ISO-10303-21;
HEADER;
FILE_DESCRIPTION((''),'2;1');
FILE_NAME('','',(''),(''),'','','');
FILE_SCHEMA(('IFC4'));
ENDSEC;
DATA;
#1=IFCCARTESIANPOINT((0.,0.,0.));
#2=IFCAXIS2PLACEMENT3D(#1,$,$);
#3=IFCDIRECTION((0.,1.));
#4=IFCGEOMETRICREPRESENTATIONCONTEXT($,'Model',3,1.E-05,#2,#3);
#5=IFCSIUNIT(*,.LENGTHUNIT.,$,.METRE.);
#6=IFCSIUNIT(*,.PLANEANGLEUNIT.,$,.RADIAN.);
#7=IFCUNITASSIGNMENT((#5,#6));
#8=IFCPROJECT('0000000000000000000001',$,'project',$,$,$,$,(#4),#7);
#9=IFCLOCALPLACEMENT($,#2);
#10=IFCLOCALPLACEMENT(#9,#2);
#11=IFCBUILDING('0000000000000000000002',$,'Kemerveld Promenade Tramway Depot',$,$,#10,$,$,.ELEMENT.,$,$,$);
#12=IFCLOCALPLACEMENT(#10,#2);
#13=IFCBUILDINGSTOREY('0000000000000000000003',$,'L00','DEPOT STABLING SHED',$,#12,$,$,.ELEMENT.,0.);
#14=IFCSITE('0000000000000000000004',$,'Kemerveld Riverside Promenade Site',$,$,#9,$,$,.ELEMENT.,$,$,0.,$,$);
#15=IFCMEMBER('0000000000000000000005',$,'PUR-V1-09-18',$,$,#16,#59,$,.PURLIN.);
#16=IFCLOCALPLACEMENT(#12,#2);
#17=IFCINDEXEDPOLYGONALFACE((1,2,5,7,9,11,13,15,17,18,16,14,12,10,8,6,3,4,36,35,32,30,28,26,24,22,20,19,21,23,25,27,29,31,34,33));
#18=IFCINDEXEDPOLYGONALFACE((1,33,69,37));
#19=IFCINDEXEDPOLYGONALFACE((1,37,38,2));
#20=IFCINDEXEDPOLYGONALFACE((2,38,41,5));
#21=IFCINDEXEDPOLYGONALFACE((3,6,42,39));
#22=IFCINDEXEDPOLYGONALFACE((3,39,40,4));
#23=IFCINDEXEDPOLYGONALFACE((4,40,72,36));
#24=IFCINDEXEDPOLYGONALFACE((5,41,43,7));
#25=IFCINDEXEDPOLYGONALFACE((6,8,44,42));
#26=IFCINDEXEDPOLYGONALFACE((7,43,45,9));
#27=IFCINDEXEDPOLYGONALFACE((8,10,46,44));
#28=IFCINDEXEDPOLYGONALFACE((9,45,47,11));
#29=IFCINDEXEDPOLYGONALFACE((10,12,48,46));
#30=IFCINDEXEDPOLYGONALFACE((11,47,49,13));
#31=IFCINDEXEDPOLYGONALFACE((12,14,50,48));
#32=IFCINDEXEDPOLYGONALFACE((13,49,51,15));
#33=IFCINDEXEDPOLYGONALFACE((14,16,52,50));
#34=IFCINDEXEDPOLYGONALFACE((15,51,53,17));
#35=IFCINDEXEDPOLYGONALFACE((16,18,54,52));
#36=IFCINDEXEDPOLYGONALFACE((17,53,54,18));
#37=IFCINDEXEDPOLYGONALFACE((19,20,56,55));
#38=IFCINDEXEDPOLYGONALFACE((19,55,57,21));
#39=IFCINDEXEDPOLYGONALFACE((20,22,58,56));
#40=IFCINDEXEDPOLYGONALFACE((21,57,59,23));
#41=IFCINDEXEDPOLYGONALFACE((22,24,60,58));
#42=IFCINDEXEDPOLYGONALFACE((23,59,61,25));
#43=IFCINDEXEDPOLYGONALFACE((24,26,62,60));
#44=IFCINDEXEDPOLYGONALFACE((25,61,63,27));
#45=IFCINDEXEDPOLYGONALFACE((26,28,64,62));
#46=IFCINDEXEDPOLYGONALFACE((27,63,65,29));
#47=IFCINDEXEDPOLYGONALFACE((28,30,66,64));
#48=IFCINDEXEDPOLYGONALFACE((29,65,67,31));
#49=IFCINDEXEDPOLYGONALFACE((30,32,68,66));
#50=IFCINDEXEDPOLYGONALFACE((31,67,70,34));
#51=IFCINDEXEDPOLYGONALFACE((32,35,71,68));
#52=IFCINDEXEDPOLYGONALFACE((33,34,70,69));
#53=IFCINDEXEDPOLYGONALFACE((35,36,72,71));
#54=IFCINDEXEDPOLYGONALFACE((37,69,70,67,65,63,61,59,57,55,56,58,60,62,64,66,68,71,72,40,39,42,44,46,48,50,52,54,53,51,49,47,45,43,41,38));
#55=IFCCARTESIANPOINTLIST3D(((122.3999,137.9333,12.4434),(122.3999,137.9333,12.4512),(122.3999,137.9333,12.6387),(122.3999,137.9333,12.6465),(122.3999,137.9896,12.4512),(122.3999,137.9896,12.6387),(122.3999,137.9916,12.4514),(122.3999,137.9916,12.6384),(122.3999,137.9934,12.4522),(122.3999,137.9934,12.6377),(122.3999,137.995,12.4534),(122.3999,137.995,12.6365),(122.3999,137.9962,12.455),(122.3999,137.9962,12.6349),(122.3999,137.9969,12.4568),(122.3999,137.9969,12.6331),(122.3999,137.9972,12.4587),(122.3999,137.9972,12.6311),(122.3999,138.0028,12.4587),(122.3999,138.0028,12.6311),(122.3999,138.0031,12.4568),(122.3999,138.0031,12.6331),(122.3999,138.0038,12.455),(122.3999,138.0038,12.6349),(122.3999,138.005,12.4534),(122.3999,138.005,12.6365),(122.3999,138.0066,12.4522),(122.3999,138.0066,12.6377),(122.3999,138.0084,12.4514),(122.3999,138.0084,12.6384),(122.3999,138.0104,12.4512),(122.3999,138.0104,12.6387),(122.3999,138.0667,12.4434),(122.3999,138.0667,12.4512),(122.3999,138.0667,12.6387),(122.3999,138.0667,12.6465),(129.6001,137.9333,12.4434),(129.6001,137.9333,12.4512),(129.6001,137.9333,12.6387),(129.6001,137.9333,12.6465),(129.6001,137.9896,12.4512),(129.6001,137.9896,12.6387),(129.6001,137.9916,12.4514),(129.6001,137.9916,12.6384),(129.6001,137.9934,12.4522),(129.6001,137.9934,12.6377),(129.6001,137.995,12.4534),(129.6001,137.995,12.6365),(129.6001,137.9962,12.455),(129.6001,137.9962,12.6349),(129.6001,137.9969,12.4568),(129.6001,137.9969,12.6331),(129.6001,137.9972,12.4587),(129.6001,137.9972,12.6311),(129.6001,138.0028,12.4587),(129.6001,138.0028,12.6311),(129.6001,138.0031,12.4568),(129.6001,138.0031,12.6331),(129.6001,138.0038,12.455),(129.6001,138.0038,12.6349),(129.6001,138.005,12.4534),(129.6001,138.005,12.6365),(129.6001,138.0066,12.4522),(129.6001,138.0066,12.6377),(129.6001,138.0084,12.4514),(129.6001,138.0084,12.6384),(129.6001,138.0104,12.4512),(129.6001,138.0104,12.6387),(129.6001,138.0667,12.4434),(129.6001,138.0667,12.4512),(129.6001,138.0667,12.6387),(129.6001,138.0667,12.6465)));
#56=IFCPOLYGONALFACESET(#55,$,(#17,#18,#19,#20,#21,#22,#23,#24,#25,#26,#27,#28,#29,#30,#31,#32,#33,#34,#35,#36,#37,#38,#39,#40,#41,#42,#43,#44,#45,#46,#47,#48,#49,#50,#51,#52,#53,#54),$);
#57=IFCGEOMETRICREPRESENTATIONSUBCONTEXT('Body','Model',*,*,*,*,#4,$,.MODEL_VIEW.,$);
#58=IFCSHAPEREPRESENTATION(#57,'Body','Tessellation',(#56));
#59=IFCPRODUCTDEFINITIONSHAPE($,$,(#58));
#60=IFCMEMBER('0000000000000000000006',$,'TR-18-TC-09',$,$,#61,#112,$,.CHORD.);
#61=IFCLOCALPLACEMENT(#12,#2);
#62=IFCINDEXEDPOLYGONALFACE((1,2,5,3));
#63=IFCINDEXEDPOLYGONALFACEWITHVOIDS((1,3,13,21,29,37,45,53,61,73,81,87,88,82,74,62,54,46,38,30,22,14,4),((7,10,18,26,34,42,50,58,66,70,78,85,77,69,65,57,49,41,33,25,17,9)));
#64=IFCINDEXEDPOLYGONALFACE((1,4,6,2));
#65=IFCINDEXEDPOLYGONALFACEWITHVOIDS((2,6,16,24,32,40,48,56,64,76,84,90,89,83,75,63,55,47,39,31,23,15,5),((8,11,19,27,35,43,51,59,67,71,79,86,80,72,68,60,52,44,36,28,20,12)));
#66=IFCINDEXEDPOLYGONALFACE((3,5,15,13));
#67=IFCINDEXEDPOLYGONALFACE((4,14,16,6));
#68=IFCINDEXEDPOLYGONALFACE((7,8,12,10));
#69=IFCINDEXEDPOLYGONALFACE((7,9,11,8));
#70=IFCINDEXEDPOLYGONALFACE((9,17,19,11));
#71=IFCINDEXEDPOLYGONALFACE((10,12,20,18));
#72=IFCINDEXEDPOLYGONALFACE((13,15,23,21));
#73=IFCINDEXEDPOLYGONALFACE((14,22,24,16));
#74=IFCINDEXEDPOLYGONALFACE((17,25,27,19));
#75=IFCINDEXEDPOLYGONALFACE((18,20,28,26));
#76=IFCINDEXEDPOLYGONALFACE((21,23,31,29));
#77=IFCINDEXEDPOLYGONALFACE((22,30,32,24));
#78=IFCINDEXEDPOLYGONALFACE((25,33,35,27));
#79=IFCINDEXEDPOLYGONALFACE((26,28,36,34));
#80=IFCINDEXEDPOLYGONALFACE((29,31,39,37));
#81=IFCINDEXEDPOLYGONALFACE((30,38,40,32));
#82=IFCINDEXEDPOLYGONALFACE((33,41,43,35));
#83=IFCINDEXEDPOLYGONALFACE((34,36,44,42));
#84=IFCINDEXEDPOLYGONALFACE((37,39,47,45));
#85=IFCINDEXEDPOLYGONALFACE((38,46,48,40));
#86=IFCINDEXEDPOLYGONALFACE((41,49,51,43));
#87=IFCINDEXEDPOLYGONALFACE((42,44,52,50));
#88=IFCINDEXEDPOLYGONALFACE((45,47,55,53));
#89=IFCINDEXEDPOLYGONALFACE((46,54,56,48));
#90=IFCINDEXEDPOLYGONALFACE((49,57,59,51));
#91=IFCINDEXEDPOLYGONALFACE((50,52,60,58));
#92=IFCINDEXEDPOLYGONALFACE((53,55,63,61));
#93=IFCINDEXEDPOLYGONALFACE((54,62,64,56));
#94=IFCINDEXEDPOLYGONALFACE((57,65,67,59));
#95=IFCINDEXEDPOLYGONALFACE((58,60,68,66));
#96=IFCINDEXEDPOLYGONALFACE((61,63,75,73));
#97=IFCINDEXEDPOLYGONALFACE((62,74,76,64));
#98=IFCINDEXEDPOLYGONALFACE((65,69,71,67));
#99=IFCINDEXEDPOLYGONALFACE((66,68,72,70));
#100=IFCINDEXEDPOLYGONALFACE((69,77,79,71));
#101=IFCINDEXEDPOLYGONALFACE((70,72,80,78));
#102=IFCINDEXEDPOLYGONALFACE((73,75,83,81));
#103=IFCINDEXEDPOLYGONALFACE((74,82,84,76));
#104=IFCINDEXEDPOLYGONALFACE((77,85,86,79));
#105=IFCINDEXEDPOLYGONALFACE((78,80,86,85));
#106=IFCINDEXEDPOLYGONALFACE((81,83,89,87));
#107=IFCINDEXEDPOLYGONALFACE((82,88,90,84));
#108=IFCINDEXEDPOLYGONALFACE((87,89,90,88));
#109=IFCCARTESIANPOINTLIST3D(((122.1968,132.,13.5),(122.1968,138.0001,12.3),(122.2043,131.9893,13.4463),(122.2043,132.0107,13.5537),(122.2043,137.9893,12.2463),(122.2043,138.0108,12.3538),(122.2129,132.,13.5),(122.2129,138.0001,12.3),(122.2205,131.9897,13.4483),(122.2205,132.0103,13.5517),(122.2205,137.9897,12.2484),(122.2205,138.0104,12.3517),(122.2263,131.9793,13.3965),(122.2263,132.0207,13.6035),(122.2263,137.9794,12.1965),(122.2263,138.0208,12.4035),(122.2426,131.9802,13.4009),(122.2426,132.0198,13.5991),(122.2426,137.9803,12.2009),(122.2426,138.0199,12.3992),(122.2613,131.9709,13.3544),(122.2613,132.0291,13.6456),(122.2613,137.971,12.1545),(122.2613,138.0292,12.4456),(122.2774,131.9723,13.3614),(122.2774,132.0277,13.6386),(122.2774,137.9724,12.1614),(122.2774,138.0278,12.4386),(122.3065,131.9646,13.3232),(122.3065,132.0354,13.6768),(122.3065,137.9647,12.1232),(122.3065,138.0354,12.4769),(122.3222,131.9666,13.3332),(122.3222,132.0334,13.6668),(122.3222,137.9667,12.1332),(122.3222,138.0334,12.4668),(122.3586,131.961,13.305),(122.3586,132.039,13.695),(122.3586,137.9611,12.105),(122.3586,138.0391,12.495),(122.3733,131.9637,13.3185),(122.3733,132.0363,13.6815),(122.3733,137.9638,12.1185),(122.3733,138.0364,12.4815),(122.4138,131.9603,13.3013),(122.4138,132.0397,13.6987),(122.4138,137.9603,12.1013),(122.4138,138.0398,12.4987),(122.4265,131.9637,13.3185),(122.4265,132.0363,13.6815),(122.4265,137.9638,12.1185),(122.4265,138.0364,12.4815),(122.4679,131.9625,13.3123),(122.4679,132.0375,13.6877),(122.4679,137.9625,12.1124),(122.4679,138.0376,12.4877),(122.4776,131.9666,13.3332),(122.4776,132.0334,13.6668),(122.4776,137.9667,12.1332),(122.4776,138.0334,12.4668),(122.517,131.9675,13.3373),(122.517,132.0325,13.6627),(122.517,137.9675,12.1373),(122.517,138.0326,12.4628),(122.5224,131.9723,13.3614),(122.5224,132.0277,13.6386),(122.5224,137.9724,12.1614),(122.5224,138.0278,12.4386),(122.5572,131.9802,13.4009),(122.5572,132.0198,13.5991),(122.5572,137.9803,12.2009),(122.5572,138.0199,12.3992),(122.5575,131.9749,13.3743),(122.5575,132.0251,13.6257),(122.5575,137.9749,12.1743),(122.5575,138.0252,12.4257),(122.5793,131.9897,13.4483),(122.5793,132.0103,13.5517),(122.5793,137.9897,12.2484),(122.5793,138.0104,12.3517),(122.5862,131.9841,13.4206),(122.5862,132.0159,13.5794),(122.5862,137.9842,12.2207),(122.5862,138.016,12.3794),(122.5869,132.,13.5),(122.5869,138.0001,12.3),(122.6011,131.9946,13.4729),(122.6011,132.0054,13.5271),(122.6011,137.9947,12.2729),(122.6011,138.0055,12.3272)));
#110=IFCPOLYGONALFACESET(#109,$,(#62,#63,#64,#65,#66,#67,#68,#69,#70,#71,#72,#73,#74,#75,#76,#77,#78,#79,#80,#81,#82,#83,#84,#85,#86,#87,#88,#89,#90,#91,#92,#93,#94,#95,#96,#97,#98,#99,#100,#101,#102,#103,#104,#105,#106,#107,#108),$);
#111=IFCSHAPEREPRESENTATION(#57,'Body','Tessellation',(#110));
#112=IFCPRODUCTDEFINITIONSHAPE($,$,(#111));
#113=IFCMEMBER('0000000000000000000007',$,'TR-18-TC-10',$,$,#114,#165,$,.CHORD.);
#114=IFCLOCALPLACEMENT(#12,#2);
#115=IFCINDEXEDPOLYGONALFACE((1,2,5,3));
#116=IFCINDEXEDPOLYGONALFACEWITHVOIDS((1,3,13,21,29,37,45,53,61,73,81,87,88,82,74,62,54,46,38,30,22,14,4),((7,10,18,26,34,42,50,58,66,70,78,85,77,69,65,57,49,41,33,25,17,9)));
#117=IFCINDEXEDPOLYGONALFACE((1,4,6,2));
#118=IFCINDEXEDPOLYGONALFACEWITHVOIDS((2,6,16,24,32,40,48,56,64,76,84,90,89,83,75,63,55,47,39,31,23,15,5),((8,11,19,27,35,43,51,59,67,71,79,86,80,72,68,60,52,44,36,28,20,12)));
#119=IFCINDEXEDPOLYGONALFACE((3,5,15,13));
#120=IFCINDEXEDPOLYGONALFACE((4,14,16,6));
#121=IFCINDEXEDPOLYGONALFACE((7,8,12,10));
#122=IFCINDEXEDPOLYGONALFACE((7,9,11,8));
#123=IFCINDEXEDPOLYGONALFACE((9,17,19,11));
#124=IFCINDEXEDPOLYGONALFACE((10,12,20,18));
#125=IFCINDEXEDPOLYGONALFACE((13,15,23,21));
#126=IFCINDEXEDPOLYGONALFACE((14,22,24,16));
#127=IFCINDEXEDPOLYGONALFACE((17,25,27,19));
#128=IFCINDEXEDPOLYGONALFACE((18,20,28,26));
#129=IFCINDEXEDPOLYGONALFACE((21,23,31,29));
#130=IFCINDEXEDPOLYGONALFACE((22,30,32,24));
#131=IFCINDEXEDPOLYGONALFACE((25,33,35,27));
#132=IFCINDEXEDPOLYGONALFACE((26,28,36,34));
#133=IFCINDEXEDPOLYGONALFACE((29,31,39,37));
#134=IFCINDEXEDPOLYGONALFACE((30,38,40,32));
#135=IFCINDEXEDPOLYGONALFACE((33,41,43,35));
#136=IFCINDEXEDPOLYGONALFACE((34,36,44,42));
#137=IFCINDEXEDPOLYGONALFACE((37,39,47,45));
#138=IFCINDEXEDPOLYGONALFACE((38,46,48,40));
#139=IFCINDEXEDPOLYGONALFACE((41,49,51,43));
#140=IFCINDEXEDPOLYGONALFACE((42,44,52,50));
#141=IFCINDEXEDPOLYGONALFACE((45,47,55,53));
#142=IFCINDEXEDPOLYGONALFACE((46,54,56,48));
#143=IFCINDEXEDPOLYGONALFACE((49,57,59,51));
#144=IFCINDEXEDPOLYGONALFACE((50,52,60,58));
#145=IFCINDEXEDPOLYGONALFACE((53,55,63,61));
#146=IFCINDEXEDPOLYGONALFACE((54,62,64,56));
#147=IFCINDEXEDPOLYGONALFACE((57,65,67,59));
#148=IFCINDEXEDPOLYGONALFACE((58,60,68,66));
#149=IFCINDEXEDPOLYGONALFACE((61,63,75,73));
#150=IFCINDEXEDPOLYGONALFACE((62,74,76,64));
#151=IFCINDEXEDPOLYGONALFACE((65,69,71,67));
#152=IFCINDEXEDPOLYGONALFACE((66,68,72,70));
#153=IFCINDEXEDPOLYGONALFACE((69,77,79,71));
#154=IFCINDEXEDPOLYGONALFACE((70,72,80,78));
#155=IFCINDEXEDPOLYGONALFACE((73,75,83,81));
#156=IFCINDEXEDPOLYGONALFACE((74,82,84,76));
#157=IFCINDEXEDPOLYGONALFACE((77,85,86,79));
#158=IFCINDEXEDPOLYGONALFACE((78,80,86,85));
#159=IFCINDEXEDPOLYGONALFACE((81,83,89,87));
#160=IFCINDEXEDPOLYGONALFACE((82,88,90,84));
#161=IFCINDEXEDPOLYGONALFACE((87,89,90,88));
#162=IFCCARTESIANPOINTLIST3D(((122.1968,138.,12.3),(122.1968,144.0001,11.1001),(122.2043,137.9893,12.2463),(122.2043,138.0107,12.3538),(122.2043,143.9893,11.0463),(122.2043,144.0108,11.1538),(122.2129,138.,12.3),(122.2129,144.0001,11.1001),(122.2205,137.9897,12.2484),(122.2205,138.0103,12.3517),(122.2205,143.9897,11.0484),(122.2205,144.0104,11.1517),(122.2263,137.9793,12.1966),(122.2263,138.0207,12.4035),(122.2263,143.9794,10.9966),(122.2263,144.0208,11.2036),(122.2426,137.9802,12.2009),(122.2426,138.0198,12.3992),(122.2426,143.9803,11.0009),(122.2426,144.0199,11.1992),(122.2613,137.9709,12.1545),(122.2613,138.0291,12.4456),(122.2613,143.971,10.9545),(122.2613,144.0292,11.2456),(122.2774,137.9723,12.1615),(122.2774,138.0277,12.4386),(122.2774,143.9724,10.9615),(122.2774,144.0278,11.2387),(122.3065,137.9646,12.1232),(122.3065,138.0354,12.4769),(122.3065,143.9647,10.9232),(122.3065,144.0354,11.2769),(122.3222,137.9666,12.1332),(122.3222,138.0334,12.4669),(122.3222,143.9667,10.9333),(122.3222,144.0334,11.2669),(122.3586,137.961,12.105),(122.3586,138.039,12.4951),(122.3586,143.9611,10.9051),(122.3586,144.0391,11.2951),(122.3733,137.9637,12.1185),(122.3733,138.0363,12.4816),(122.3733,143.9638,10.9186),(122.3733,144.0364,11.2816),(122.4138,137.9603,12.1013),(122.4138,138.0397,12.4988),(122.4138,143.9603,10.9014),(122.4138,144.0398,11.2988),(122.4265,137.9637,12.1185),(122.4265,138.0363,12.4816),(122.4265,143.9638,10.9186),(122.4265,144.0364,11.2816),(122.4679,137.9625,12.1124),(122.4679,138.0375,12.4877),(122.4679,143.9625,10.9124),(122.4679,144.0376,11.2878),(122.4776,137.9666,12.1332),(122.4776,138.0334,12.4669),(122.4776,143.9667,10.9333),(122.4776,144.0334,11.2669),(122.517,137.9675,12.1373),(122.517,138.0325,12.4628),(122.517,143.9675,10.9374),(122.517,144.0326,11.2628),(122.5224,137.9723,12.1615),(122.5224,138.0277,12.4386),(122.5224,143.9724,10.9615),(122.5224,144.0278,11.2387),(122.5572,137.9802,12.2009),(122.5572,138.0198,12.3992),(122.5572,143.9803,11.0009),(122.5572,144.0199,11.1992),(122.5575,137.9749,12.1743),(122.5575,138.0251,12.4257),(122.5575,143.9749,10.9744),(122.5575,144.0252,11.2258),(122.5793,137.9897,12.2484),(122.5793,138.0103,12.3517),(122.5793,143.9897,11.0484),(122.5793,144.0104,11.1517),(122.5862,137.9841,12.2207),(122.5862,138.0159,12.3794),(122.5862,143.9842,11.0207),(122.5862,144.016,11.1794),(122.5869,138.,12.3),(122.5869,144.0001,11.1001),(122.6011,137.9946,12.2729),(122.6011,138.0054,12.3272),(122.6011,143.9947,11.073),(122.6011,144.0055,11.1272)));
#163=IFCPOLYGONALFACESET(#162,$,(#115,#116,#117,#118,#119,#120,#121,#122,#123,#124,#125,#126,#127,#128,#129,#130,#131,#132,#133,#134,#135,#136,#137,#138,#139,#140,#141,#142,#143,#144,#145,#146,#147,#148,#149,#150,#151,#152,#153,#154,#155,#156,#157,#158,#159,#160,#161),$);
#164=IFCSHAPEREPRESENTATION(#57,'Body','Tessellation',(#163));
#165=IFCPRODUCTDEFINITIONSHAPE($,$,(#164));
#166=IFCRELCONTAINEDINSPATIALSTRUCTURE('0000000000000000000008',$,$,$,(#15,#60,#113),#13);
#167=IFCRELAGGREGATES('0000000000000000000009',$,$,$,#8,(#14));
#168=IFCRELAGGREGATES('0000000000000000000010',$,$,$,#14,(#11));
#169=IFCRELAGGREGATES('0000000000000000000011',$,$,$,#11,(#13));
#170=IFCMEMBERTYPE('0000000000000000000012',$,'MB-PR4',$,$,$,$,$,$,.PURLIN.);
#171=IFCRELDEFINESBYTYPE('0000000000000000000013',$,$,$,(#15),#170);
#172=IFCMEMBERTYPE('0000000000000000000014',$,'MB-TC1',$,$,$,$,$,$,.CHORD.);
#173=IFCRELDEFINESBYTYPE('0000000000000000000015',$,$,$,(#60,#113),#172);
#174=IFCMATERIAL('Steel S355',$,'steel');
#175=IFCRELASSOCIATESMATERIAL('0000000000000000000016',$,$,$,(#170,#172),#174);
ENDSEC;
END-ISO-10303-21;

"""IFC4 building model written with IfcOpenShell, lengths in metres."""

from ifc_helpers import new_model, si_unit, direction, frame, origin, origin_2d, place, context, subcontext, project, spatial, hollow_circle, i_section, extrude, material, material_profile, profile_set, type_object, element, save


model = new_model("IFC4")

# Units and contexts
model_context = context("Model", 3, precision=1e-05, world=origin(), true_north=direction((0.0, 1.0)))
body_context = subcontext(model_context, "Body", "Model", "MODEL_VIEW")
ifc_project = project(units=[si_unit("LENGTHUNIT", "METRE"), si_unit("PLANEANGLEUNIT", "RADIAN")], contexts=[model_context])

# Site, building, storey
site_placement = place(None, origin())
site = spatial("IfcSite", under=ifc_project, at=site_placement, Name="Kemerveld Riverside Promenade Site", CompositionType="ELEMENT", RefElevation=0.0)
building_placement = place(site_placement, origin())
building = spatial("IfcBuilding", under=site, at=building_placement, Name="Kemerveld Promenade Tramway Depot", CompositionType="ELEMENT")
storey_placement = place(building_placement, origin())
storey = spatial("IfcBuildingStorey", under=building, at=storey_placement, Name="L00", Description="DEPOT STABLING SHED", CompositionType="ELEMENT", Elevation=0.0)

# Shared definitions
ifc_material_1 = material(Name="Steel S355", Category="steel")

# Members
ifc_material_profile_1 = material_profile(ifc_material_1, i_section(OverallWidth=0.1333, OverallDepth=0.2031, WebThickness=0.0056, FlangeThickness=0.0078, FilletRadius=0.0076, at=origin_2d()), Name="203x133x25 UB")
ifc_profile_set_1 = profile_set([ifc_material_profile_1], Name="Steel S355")
member_type_1 = type_object("IfcMemberType", Name="MB-PR4", PredefinedType="PURLIN", material=ifc_profile_set_1)
member_1_placement = place(storey_placement, frame((122.3999, 138.0, 12.5449), z_axis=(1.0, 0.0, 0.0), x_axis=(0.0, 1.0, 0.0)))
element("IfcMember", 1, at=member_1_placement, inside=storey, type_object=member_type_1, Name="PUR-V1-09-18", PredefinedType="PURLIN", context=body_context, shape_type="SweptSolid", body=[
    extrude(i_section(OverallWidth=0.1333, OverallDepth=0.2031, WebThickness=0.0056, FlangeThickness=0.0078, FilletRadius=0.0076, at=origin_2d()), origin(), (0.0, 0.0, 1.0), 7.2002),
])
ifc_material_profile_2 = material_profile(ifc_material_1, hollow_circle(Radius=0.2031, WallThickness=0.0161, at=origin_2d()), Name="406.4x16.0 CHS")
ifc_profile_set_2 = profile_set([ifc_material_profile_2], Name="Steel S355")
member_type_2 = type_object("IfcMemberType", Name="MB-TC1", PredefinedType="CHORD", material=ifc_profile_set_2)
for number, where, z_axis, x_axis, name in (
    (2, (122.3999, 132.0, 13.5), (0.0, 0.980582, -0.196108), (-1.0, 0.0, 0.0), "TR-18-TC-09"),
    (3, (122.3999, 138.0, 12.3), (0.0, 0.980582, -0.196108), (-1.0, 0.0, 0.0), "TR-18-TC-10"),
):
    element("IfcMember", number, at=place(storey_placement, frame(where, z_axis=z_axis, x_axis=x_axis)), inside=storey, type_object=member_type_2, Name=name, PredefinedType="CHORD", context=body_context, shape_type="SweptSolid", body=[
        extrude(hollow_circle(Radius=0.2031, WallThickness=0.0161, at=origin_2d()), origin(), (0.0, 0.0, 1.0), 6.1189),
    ])

save(model, "model.ifc")
